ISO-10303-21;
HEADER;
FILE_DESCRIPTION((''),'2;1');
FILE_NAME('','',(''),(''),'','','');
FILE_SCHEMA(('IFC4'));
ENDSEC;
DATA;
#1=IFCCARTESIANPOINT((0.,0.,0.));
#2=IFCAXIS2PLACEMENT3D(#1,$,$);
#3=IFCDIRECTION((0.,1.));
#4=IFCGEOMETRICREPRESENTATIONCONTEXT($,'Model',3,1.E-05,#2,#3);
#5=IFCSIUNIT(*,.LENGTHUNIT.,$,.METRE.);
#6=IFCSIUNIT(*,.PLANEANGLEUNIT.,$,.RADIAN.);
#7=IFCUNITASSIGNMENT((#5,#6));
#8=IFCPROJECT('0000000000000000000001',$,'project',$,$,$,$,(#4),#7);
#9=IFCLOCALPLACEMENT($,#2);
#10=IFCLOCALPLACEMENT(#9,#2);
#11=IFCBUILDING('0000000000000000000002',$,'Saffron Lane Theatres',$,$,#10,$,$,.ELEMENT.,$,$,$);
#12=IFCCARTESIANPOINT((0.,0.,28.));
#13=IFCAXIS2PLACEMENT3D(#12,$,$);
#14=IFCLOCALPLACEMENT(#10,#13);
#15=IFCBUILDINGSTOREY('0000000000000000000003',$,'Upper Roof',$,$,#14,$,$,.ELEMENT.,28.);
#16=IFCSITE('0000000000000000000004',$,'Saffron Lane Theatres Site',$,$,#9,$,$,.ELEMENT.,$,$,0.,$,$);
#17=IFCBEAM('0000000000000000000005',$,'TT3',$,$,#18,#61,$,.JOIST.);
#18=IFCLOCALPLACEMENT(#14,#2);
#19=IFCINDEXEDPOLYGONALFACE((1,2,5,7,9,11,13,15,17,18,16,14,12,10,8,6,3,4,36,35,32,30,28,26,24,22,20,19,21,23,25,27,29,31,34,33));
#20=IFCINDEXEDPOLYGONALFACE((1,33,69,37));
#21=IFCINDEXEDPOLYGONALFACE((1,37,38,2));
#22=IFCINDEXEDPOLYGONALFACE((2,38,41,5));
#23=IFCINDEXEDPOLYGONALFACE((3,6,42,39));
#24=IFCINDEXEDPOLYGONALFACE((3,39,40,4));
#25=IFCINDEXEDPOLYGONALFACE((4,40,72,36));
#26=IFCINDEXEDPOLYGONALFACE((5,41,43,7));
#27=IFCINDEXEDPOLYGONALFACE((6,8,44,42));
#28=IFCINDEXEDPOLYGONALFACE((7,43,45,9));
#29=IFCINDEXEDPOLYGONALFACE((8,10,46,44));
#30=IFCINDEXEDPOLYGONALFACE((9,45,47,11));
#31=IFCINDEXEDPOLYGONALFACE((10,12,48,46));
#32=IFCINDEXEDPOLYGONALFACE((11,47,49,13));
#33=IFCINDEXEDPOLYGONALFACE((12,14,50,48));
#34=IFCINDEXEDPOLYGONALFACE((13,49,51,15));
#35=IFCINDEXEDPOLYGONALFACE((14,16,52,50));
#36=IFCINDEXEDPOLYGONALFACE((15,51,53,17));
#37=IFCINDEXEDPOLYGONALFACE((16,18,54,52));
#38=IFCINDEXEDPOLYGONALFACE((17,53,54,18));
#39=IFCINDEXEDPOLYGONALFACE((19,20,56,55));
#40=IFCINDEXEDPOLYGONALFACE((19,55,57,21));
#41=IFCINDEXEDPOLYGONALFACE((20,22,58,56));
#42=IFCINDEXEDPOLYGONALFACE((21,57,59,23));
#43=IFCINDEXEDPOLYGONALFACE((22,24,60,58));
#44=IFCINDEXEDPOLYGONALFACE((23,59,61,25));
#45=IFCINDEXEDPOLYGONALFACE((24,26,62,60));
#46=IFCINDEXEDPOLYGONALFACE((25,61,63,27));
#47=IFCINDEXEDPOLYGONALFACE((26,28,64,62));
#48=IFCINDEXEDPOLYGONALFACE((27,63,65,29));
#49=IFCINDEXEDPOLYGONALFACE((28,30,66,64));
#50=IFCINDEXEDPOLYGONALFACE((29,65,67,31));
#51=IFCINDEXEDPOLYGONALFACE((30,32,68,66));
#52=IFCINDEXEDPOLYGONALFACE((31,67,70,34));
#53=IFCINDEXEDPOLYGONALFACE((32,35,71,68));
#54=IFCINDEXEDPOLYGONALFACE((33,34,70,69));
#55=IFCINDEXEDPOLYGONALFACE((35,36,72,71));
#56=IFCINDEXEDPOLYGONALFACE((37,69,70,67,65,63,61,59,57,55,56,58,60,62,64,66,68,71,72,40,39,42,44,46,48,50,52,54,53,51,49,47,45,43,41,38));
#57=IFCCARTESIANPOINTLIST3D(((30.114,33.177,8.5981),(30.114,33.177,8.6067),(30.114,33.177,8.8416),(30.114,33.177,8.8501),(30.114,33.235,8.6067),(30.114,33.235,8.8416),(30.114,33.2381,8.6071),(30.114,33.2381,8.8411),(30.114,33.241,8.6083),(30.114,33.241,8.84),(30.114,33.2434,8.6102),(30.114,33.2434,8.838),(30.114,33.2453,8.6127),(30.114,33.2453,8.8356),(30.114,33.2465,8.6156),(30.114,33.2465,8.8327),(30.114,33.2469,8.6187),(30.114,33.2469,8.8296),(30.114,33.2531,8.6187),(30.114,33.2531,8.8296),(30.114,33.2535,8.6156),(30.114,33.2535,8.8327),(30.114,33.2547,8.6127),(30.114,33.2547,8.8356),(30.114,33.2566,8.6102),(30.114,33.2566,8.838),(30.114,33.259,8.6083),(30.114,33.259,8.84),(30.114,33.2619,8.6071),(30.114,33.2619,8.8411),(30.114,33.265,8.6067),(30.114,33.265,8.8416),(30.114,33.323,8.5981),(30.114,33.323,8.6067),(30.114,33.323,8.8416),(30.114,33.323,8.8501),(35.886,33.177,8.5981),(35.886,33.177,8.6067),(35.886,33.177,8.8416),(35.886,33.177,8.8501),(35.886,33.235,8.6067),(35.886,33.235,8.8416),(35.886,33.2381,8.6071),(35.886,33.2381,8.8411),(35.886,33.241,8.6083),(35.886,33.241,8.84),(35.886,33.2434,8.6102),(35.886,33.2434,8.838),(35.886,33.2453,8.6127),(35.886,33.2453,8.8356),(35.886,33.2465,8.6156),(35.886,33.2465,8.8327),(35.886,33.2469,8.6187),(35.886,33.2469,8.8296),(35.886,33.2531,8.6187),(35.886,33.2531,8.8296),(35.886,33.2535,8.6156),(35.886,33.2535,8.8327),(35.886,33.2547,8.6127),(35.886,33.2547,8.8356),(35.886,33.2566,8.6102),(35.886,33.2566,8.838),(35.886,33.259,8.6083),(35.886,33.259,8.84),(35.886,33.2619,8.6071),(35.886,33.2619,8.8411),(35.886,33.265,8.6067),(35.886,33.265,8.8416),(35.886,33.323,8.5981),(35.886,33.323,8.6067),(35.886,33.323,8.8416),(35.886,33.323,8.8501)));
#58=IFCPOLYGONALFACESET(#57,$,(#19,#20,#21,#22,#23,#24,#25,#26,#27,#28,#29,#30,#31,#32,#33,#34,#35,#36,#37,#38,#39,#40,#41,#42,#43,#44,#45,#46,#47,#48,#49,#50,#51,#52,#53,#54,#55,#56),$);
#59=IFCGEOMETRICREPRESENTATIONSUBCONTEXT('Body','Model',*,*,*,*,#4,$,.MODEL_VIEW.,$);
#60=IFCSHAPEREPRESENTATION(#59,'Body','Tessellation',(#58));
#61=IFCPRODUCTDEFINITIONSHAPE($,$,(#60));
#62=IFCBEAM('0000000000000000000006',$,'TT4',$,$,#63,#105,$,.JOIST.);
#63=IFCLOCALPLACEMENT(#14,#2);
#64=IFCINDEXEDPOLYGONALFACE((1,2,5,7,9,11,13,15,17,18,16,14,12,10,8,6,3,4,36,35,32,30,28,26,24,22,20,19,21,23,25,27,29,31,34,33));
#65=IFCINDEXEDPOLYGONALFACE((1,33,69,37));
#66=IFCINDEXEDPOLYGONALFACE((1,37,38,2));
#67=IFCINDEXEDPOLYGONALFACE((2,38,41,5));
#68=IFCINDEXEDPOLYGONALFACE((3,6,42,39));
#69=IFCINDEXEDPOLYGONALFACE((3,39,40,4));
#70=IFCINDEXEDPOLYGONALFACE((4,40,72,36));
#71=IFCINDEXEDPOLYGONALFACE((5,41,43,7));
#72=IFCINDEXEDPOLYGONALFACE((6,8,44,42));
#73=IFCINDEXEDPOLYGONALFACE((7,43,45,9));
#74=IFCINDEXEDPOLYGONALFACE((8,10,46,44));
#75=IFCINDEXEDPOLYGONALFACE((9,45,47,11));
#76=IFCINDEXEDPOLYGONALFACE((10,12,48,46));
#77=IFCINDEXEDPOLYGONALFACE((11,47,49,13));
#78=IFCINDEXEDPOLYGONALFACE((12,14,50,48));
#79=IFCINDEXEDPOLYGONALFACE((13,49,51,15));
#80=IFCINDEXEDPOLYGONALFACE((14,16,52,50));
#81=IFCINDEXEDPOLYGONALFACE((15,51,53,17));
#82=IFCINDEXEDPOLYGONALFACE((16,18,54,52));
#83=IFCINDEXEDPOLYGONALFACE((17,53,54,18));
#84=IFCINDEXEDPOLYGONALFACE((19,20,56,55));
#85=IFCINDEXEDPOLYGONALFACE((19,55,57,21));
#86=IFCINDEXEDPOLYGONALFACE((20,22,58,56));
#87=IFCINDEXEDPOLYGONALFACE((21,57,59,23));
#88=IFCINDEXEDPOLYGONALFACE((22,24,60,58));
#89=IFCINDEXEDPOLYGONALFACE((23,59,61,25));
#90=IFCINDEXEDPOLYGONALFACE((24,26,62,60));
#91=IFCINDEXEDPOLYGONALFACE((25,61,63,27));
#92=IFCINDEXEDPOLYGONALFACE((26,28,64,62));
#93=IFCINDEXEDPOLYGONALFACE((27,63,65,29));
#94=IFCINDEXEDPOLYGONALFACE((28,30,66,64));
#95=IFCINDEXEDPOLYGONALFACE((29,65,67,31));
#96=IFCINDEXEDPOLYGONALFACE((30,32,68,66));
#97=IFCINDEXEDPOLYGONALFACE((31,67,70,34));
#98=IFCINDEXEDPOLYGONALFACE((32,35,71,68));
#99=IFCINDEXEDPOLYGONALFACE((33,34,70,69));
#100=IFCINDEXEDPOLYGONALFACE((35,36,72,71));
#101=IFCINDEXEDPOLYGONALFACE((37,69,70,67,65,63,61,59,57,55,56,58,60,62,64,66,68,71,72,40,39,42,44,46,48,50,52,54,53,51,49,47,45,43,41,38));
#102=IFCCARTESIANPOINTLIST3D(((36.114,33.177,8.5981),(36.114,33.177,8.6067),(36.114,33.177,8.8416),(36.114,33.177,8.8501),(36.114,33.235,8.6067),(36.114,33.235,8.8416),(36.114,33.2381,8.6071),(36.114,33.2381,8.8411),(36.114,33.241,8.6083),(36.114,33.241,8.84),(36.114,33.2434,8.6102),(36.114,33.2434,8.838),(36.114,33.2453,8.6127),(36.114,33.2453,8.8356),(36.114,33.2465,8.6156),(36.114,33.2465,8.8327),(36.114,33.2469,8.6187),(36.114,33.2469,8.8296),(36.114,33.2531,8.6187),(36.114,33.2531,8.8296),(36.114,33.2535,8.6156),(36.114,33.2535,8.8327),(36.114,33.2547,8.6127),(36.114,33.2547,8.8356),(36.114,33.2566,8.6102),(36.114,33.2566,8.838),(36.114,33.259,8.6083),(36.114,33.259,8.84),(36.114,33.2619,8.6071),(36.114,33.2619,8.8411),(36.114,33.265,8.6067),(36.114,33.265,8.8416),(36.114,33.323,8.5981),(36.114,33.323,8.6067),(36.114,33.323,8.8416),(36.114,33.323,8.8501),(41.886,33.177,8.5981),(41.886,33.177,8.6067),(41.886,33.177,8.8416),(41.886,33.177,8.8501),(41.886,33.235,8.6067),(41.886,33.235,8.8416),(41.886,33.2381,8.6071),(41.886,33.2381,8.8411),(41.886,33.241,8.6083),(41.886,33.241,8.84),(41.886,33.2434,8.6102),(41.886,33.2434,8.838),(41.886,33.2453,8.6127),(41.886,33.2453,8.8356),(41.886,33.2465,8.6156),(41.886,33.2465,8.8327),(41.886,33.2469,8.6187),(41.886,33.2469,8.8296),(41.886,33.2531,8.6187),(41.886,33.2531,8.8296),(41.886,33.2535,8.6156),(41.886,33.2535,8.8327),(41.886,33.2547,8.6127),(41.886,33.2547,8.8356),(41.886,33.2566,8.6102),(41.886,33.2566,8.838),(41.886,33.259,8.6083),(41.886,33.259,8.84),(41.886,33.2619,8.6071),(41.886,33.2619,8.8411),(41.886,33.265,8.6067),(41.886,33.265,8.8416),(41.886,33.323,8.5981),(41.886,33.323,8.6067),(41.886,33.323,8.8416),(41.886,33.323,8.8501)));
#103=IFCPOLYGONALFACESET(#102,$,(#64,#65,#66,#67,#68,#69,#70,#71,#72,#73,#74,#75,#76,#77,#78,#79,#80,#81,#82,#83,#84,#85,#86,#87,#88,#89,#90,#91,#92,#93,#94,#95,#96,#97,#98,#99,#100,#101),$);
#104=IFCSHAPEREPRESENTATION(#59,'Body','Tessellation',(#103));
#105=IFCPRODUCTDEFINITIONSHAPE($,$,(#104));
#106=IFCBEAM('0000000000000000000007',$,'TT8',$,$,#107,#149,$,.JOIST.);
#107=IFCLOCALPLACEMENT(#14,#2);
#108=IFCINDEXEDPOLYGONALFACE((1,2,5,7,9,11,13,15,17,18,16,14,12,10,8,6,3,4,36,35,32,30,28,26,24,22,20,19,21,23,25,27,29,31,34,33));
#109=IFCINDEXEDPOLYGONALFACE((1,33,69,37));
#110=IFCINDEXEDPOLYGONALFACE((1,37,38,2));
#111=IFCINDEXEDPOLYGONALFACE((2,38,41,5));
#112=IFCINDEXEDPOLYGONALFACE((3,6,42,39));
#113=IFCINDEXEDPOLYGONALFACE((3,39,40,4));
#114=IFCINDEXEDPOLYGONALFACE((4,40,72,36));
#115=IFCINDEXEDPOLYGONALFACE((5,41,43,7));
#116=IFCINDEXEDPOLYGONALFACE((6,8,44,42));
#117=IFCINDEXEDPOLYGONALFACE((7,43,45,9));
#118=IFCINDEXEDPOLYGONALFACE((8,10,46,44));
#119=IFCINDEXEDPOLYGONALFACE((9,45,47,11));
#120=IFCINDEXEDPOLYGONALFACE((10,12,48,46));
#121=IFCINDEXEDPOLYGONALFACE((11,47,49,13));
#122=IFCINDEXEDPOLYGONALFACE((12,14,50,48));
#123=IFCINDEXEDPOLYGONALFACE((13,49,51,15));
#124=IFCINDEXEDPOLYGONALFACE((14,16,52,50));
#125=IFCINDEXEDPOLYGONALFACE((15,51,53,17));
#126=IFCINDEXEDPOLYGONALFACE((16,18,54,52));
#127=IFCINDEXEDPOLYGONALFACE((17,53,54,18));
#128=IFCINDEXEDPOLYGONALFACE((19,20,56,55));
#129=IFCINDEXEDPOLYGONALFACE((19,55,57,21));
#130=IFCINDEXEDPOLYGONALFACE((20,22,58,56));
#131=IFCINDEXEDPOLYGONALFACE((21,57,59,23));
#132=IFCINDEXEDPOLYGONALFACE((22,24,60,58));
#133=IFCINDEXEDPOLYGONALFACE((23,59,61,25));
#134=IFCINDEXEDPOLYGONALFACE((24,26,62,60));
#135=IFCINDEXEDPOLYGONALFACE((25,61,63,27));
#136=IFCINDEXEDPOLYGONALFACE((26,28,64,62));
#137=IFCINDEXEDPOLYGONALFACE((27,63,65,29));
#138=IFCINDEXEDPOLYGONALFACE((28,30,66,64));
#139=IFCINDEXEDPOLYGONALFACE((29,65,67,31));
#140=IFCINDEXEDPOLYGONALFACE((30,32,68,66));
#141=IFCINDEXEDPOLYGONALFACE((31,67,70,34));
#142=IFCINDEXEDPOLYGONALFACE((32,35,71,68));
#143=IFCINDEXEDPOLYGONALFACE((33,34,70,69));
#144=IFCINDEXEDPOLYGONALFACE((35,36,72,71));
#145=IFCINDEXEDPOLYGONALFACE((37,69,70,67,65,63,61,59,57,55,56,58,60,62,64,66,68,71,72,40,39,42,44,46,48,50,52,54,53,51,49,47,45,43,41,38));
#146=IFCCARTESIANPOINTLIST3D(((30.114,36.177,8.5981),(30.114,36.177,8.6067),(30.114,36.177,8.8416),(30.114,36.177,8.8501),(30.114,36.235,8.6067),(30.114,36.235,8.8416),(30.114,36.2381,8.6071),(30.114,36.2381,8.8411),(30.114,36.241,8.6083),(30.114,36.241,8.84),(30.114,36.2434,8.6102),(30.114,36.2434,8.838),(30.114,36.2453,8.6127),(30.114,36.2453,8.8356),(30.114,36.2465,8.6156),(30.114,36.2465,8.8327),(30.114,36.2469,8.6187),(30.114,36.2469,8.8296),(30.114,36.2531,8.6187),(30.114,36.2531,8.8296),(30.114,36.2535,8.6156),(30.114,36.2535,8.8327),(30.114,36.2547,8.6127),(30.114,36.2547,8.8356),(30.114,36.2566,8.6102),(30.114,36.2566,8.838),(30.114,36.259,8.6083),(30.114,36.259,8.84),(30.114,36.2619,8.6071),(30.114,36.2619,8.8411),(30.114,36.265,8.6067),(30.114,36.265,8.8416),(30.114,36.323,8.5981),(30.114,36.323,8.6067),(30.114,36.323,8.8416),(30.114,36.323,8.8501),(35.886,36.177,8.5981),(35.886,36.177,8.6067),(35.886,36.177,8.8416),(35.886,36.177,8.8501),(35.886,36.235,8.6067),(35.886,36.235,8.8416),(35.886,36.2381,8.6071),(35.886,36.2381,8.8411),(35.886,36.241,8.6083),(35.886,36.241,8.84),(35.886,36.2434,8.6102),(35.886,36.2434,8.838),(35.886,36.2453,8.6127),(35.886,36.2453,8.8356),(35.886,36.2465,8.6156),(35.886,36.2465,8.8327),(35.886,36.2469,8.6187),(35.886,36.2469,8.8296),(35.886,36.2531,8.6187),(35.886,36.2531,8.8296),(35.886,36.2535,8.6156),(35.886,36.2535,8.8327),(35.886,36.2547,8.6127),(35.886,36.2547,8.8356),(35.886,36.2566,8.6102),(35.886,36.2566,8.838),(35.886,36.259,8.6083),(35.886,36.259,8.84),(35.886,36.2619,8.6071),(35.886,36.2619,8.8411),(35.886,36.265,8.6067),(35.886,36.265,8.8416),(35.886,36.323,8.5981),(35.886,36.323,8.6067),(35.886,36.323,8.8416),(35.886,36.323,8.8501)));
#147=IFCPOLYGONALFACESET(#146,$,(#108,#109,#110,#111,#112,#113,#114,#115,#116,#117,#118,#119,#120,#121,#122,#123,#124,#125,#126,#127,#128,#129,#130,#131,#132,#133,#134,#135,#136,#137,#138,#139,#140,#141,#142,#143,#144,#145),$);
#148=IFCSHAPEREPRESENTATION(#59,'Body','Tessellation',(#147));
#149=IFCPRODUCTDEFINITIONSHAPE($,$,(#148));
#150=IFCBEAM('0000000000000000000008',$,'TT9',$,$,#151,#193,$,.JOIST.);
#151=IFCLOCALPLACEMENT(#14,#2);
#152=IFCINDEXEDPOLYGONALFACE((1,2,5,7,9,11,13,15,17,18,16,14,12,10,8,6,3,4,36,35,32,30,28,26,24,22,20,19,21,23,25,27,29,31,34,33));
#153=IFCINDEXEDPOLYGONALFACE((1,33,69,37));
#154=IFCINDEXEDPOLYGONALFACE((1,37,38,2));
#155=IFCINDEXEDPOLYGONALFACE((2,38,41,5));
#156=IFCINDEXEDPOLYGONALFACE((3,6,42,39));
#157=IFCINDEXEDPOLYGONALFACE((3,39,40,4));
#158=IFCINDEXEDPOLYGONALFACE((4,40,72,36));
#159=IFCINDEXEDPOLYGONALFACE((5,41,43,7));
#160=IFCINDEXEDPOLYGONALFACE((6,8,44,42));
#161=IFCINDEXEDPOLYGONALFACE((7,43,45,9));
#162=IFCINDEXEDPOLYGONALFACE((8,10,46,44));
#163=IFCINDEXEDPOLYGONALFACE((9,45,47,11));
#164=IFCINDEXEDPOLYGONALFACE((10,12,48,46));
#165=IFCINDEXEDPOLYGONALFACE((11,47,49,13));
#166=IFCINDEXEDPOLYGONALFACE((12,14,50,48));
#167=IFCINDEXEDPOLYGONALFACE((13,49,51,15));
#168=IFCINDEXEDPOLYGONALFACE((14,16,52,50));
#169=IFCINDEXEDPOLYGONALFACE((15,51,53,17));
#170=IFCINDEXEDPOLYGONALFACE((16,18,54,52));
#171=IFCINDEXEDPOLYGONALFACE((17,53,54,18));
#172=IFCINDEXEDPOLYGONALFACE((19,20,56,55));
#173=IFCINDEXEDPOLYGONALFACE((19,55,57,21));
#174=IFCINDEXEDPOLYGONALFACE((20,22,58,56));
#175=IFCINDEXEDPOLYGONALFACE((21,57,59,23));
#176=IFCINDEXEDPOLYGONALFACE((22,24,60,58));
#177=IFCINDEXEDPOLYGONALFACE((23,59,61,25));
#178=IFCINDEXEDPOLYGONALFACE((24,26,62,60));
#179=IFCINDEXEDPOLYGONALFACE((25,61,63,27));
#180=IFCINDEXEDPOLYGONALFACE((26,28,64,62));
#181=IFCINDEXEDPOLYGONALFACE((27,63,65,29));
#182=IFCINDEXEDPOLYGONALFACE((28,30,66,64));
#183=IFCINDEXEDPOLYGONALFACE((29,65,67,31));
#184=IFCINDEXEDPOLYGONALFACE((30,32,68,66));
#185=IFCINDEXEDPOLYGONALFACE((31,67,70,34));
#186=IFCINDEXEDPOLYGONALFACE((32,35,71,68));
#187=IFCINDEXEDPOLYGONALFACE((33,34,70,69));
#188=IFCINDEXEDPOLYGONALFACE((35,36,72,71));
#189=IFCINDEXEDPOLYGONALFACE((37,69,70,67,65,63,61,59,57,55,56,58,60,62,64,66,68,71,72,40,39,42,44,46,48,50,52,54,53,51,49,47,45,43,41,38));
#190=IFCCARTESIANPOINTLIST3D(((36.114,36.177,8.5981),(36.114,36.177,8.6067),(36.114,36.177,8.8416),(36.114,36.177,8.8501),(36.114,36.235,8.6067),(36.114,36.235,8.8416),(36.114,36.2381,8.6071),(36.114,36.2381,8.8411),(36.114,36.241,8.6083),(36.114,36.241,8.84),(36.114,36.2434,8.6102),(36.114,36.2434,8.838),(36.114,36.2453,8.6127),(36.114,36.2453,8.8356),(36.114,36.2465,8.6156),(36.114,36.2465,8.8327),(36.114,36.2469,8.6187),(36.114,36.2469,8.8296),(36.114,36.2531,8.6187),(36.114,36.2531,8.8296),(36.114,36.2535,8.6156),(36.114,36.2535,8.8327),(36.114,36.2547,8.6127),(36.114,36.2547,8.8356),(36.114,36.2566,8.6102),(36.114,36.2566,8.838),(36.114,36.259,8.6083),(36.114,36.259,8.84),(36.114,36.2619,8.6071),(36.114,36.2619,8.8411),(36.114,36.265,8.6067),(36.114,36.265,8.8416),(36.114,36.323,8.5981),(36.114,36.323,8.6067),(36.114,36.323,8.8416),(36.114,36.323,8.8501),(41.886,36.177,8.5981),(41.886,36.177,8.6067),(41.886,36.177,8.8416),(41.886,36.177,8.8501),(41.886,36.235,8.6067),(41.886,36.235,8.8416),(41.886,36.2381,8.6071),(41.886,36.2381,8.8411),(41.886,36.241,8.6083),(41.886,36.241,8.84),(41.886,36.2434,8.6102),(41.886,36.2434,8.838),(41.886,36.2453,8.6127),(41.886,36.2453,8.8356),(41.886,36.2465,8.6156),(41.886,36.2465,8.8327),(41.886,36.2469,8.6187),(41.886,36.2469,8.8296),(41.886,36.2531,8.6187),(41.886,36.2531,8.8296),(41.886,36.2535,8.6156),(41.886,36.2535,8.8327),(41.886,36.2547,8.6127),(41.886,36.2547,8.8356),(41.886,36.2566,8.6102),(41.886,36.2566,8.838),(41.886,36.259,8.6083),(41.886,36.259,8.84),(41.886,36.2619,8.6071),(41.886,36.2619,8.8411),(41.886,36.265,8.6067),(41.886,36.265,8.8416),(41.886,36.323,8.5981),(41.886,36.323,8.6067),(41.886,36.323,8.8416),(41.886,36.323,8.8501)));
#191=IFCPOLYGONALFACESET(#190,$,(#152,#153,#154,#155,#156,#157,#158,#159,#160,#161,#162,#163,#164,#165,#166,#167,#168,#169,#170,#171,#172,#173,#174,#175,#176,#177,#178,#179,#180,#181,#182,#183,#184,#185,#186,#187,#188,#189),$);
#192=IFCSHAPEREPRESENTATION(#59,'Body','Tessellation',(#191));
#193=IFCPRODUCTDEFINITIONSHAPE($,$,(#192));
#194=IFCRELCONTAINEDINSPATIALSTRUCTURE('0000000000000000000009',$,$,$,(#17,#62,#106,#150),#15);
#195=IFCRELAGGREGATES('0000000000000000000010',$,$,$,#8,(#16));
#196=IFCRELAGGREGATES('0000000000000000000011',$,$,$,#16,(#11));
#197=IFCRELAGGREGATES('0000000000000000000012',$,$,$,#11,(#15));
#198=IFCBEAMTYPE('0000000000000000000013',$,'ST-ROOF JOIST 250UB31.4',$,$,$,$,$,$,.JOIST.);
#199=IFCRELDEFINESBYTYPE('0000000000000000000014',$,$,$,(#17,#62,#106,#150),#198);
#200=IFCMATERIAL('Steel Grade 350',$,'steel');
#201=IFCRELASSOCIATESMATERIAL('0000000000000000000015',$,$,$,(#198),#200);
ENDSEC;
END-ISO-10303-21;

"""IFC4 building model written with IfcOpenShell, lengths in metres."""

from ifc_helpers import new_model, si_unit, direction, frame, origin, origin_2d, place, context, subcontext, project, spatial, i_section, extrude, material, material_profile, profile_set, type_object, element, save


model = new_model("IFC4")

# Units and contexts
model_context = context("Model", 3, precision=1e-05, world=origin(), true_north=direction((0.0, 1.0)))
body_context = subcontext(model_context, "Body", "Model", "MODEL_VIEW")
ifc_project = project(units=[si_unit("LENGTHUNIT", "METRE"), si_unit("PLANEANGLEUNIT", "RADIAN")], contexts=[model_context])

# Site, building, storey
site_placement = place(None, origin())
site = spatial("IfcSite", under=ifc_project, at=site_placement, Name="Saffron Lane Theatres Site", CompositionType="ELEMENT", RefElevation=0.0)
building_placement = place(site_placement, origin())
building = spatial("IfcBuilding", under=site, at=building_placement, Name="Saffron Lane Theatres", CompositionType="ELEMENT")
storey_placement = place(building_placement, frame((0.0, 0.0, 28.0)))
storey = spatial("IfcBuildingStorey", under=building, at=storey_placement, Name="Upper Roof", CompositionType="ELEMENT", Elevation=28.0)

# Beams
ifc_material_1 = material(Name="Steel Grade 350", Category="steel")
ifc_material_profile_1 = material_profile(ifc_material_1, i_section(OverallWidth=0.146, OverallDepth=0.252, WebThickness=0.0061, FlangeThickness=0.0085, FilletRadius=0.012, at=origin_2d()))
ifc_profile_set_1 = profile_set([ifc_material_profile_1], Name="Steel Grade 350")
beam_type_1 = type_object("IfcBeamType", Name="ST-ROOF JOIST 250UB31.4", PredefinedType="JOIST", material=ifc_profile_set_1)
for number, where, z_axis, x_axis, name in (
    (1, (30.114, 33.25, 8.7241), (1.0, 0.0, 0.0), (0.0, 1.0, 0.0), "TT3"),
    (2, (36.114, 33.25, 8.7241), (1.0, 0.0, 0.0), (0.0, 1.0, 0.0), "TT4"),
    (3, (30.114, 36.25, 8.7241), (1.0, 0.0, 0.0), (0.0, 1.0, 0.0), "TT8"),
    (4, (36.114, 36.25, 8.7241), (1.0, 0.0, 0.0), (0.0, 1.0, 0.0), "TT9"),
):
    element("IfcBeam", number, at=place(storey_placement, frame(where, z_axis=z_axis, x_axis=x_axis)), inside=storey, type_object=beam_type_1, Name=name, PredefinedType="JOIST", context=body_context, shape_type="SweptSolid", body=[
        extrude(i_section(OverallWidth=0.146, OverallDepth=0.252, WebThickness=0.0061, FlangeThickness=0.0085, FilletRadius=0.012, at=origin_2d()), origin(), (0.0, 0.0, 1.0), 5.772),
    ])

save(model, "model.ifc")
